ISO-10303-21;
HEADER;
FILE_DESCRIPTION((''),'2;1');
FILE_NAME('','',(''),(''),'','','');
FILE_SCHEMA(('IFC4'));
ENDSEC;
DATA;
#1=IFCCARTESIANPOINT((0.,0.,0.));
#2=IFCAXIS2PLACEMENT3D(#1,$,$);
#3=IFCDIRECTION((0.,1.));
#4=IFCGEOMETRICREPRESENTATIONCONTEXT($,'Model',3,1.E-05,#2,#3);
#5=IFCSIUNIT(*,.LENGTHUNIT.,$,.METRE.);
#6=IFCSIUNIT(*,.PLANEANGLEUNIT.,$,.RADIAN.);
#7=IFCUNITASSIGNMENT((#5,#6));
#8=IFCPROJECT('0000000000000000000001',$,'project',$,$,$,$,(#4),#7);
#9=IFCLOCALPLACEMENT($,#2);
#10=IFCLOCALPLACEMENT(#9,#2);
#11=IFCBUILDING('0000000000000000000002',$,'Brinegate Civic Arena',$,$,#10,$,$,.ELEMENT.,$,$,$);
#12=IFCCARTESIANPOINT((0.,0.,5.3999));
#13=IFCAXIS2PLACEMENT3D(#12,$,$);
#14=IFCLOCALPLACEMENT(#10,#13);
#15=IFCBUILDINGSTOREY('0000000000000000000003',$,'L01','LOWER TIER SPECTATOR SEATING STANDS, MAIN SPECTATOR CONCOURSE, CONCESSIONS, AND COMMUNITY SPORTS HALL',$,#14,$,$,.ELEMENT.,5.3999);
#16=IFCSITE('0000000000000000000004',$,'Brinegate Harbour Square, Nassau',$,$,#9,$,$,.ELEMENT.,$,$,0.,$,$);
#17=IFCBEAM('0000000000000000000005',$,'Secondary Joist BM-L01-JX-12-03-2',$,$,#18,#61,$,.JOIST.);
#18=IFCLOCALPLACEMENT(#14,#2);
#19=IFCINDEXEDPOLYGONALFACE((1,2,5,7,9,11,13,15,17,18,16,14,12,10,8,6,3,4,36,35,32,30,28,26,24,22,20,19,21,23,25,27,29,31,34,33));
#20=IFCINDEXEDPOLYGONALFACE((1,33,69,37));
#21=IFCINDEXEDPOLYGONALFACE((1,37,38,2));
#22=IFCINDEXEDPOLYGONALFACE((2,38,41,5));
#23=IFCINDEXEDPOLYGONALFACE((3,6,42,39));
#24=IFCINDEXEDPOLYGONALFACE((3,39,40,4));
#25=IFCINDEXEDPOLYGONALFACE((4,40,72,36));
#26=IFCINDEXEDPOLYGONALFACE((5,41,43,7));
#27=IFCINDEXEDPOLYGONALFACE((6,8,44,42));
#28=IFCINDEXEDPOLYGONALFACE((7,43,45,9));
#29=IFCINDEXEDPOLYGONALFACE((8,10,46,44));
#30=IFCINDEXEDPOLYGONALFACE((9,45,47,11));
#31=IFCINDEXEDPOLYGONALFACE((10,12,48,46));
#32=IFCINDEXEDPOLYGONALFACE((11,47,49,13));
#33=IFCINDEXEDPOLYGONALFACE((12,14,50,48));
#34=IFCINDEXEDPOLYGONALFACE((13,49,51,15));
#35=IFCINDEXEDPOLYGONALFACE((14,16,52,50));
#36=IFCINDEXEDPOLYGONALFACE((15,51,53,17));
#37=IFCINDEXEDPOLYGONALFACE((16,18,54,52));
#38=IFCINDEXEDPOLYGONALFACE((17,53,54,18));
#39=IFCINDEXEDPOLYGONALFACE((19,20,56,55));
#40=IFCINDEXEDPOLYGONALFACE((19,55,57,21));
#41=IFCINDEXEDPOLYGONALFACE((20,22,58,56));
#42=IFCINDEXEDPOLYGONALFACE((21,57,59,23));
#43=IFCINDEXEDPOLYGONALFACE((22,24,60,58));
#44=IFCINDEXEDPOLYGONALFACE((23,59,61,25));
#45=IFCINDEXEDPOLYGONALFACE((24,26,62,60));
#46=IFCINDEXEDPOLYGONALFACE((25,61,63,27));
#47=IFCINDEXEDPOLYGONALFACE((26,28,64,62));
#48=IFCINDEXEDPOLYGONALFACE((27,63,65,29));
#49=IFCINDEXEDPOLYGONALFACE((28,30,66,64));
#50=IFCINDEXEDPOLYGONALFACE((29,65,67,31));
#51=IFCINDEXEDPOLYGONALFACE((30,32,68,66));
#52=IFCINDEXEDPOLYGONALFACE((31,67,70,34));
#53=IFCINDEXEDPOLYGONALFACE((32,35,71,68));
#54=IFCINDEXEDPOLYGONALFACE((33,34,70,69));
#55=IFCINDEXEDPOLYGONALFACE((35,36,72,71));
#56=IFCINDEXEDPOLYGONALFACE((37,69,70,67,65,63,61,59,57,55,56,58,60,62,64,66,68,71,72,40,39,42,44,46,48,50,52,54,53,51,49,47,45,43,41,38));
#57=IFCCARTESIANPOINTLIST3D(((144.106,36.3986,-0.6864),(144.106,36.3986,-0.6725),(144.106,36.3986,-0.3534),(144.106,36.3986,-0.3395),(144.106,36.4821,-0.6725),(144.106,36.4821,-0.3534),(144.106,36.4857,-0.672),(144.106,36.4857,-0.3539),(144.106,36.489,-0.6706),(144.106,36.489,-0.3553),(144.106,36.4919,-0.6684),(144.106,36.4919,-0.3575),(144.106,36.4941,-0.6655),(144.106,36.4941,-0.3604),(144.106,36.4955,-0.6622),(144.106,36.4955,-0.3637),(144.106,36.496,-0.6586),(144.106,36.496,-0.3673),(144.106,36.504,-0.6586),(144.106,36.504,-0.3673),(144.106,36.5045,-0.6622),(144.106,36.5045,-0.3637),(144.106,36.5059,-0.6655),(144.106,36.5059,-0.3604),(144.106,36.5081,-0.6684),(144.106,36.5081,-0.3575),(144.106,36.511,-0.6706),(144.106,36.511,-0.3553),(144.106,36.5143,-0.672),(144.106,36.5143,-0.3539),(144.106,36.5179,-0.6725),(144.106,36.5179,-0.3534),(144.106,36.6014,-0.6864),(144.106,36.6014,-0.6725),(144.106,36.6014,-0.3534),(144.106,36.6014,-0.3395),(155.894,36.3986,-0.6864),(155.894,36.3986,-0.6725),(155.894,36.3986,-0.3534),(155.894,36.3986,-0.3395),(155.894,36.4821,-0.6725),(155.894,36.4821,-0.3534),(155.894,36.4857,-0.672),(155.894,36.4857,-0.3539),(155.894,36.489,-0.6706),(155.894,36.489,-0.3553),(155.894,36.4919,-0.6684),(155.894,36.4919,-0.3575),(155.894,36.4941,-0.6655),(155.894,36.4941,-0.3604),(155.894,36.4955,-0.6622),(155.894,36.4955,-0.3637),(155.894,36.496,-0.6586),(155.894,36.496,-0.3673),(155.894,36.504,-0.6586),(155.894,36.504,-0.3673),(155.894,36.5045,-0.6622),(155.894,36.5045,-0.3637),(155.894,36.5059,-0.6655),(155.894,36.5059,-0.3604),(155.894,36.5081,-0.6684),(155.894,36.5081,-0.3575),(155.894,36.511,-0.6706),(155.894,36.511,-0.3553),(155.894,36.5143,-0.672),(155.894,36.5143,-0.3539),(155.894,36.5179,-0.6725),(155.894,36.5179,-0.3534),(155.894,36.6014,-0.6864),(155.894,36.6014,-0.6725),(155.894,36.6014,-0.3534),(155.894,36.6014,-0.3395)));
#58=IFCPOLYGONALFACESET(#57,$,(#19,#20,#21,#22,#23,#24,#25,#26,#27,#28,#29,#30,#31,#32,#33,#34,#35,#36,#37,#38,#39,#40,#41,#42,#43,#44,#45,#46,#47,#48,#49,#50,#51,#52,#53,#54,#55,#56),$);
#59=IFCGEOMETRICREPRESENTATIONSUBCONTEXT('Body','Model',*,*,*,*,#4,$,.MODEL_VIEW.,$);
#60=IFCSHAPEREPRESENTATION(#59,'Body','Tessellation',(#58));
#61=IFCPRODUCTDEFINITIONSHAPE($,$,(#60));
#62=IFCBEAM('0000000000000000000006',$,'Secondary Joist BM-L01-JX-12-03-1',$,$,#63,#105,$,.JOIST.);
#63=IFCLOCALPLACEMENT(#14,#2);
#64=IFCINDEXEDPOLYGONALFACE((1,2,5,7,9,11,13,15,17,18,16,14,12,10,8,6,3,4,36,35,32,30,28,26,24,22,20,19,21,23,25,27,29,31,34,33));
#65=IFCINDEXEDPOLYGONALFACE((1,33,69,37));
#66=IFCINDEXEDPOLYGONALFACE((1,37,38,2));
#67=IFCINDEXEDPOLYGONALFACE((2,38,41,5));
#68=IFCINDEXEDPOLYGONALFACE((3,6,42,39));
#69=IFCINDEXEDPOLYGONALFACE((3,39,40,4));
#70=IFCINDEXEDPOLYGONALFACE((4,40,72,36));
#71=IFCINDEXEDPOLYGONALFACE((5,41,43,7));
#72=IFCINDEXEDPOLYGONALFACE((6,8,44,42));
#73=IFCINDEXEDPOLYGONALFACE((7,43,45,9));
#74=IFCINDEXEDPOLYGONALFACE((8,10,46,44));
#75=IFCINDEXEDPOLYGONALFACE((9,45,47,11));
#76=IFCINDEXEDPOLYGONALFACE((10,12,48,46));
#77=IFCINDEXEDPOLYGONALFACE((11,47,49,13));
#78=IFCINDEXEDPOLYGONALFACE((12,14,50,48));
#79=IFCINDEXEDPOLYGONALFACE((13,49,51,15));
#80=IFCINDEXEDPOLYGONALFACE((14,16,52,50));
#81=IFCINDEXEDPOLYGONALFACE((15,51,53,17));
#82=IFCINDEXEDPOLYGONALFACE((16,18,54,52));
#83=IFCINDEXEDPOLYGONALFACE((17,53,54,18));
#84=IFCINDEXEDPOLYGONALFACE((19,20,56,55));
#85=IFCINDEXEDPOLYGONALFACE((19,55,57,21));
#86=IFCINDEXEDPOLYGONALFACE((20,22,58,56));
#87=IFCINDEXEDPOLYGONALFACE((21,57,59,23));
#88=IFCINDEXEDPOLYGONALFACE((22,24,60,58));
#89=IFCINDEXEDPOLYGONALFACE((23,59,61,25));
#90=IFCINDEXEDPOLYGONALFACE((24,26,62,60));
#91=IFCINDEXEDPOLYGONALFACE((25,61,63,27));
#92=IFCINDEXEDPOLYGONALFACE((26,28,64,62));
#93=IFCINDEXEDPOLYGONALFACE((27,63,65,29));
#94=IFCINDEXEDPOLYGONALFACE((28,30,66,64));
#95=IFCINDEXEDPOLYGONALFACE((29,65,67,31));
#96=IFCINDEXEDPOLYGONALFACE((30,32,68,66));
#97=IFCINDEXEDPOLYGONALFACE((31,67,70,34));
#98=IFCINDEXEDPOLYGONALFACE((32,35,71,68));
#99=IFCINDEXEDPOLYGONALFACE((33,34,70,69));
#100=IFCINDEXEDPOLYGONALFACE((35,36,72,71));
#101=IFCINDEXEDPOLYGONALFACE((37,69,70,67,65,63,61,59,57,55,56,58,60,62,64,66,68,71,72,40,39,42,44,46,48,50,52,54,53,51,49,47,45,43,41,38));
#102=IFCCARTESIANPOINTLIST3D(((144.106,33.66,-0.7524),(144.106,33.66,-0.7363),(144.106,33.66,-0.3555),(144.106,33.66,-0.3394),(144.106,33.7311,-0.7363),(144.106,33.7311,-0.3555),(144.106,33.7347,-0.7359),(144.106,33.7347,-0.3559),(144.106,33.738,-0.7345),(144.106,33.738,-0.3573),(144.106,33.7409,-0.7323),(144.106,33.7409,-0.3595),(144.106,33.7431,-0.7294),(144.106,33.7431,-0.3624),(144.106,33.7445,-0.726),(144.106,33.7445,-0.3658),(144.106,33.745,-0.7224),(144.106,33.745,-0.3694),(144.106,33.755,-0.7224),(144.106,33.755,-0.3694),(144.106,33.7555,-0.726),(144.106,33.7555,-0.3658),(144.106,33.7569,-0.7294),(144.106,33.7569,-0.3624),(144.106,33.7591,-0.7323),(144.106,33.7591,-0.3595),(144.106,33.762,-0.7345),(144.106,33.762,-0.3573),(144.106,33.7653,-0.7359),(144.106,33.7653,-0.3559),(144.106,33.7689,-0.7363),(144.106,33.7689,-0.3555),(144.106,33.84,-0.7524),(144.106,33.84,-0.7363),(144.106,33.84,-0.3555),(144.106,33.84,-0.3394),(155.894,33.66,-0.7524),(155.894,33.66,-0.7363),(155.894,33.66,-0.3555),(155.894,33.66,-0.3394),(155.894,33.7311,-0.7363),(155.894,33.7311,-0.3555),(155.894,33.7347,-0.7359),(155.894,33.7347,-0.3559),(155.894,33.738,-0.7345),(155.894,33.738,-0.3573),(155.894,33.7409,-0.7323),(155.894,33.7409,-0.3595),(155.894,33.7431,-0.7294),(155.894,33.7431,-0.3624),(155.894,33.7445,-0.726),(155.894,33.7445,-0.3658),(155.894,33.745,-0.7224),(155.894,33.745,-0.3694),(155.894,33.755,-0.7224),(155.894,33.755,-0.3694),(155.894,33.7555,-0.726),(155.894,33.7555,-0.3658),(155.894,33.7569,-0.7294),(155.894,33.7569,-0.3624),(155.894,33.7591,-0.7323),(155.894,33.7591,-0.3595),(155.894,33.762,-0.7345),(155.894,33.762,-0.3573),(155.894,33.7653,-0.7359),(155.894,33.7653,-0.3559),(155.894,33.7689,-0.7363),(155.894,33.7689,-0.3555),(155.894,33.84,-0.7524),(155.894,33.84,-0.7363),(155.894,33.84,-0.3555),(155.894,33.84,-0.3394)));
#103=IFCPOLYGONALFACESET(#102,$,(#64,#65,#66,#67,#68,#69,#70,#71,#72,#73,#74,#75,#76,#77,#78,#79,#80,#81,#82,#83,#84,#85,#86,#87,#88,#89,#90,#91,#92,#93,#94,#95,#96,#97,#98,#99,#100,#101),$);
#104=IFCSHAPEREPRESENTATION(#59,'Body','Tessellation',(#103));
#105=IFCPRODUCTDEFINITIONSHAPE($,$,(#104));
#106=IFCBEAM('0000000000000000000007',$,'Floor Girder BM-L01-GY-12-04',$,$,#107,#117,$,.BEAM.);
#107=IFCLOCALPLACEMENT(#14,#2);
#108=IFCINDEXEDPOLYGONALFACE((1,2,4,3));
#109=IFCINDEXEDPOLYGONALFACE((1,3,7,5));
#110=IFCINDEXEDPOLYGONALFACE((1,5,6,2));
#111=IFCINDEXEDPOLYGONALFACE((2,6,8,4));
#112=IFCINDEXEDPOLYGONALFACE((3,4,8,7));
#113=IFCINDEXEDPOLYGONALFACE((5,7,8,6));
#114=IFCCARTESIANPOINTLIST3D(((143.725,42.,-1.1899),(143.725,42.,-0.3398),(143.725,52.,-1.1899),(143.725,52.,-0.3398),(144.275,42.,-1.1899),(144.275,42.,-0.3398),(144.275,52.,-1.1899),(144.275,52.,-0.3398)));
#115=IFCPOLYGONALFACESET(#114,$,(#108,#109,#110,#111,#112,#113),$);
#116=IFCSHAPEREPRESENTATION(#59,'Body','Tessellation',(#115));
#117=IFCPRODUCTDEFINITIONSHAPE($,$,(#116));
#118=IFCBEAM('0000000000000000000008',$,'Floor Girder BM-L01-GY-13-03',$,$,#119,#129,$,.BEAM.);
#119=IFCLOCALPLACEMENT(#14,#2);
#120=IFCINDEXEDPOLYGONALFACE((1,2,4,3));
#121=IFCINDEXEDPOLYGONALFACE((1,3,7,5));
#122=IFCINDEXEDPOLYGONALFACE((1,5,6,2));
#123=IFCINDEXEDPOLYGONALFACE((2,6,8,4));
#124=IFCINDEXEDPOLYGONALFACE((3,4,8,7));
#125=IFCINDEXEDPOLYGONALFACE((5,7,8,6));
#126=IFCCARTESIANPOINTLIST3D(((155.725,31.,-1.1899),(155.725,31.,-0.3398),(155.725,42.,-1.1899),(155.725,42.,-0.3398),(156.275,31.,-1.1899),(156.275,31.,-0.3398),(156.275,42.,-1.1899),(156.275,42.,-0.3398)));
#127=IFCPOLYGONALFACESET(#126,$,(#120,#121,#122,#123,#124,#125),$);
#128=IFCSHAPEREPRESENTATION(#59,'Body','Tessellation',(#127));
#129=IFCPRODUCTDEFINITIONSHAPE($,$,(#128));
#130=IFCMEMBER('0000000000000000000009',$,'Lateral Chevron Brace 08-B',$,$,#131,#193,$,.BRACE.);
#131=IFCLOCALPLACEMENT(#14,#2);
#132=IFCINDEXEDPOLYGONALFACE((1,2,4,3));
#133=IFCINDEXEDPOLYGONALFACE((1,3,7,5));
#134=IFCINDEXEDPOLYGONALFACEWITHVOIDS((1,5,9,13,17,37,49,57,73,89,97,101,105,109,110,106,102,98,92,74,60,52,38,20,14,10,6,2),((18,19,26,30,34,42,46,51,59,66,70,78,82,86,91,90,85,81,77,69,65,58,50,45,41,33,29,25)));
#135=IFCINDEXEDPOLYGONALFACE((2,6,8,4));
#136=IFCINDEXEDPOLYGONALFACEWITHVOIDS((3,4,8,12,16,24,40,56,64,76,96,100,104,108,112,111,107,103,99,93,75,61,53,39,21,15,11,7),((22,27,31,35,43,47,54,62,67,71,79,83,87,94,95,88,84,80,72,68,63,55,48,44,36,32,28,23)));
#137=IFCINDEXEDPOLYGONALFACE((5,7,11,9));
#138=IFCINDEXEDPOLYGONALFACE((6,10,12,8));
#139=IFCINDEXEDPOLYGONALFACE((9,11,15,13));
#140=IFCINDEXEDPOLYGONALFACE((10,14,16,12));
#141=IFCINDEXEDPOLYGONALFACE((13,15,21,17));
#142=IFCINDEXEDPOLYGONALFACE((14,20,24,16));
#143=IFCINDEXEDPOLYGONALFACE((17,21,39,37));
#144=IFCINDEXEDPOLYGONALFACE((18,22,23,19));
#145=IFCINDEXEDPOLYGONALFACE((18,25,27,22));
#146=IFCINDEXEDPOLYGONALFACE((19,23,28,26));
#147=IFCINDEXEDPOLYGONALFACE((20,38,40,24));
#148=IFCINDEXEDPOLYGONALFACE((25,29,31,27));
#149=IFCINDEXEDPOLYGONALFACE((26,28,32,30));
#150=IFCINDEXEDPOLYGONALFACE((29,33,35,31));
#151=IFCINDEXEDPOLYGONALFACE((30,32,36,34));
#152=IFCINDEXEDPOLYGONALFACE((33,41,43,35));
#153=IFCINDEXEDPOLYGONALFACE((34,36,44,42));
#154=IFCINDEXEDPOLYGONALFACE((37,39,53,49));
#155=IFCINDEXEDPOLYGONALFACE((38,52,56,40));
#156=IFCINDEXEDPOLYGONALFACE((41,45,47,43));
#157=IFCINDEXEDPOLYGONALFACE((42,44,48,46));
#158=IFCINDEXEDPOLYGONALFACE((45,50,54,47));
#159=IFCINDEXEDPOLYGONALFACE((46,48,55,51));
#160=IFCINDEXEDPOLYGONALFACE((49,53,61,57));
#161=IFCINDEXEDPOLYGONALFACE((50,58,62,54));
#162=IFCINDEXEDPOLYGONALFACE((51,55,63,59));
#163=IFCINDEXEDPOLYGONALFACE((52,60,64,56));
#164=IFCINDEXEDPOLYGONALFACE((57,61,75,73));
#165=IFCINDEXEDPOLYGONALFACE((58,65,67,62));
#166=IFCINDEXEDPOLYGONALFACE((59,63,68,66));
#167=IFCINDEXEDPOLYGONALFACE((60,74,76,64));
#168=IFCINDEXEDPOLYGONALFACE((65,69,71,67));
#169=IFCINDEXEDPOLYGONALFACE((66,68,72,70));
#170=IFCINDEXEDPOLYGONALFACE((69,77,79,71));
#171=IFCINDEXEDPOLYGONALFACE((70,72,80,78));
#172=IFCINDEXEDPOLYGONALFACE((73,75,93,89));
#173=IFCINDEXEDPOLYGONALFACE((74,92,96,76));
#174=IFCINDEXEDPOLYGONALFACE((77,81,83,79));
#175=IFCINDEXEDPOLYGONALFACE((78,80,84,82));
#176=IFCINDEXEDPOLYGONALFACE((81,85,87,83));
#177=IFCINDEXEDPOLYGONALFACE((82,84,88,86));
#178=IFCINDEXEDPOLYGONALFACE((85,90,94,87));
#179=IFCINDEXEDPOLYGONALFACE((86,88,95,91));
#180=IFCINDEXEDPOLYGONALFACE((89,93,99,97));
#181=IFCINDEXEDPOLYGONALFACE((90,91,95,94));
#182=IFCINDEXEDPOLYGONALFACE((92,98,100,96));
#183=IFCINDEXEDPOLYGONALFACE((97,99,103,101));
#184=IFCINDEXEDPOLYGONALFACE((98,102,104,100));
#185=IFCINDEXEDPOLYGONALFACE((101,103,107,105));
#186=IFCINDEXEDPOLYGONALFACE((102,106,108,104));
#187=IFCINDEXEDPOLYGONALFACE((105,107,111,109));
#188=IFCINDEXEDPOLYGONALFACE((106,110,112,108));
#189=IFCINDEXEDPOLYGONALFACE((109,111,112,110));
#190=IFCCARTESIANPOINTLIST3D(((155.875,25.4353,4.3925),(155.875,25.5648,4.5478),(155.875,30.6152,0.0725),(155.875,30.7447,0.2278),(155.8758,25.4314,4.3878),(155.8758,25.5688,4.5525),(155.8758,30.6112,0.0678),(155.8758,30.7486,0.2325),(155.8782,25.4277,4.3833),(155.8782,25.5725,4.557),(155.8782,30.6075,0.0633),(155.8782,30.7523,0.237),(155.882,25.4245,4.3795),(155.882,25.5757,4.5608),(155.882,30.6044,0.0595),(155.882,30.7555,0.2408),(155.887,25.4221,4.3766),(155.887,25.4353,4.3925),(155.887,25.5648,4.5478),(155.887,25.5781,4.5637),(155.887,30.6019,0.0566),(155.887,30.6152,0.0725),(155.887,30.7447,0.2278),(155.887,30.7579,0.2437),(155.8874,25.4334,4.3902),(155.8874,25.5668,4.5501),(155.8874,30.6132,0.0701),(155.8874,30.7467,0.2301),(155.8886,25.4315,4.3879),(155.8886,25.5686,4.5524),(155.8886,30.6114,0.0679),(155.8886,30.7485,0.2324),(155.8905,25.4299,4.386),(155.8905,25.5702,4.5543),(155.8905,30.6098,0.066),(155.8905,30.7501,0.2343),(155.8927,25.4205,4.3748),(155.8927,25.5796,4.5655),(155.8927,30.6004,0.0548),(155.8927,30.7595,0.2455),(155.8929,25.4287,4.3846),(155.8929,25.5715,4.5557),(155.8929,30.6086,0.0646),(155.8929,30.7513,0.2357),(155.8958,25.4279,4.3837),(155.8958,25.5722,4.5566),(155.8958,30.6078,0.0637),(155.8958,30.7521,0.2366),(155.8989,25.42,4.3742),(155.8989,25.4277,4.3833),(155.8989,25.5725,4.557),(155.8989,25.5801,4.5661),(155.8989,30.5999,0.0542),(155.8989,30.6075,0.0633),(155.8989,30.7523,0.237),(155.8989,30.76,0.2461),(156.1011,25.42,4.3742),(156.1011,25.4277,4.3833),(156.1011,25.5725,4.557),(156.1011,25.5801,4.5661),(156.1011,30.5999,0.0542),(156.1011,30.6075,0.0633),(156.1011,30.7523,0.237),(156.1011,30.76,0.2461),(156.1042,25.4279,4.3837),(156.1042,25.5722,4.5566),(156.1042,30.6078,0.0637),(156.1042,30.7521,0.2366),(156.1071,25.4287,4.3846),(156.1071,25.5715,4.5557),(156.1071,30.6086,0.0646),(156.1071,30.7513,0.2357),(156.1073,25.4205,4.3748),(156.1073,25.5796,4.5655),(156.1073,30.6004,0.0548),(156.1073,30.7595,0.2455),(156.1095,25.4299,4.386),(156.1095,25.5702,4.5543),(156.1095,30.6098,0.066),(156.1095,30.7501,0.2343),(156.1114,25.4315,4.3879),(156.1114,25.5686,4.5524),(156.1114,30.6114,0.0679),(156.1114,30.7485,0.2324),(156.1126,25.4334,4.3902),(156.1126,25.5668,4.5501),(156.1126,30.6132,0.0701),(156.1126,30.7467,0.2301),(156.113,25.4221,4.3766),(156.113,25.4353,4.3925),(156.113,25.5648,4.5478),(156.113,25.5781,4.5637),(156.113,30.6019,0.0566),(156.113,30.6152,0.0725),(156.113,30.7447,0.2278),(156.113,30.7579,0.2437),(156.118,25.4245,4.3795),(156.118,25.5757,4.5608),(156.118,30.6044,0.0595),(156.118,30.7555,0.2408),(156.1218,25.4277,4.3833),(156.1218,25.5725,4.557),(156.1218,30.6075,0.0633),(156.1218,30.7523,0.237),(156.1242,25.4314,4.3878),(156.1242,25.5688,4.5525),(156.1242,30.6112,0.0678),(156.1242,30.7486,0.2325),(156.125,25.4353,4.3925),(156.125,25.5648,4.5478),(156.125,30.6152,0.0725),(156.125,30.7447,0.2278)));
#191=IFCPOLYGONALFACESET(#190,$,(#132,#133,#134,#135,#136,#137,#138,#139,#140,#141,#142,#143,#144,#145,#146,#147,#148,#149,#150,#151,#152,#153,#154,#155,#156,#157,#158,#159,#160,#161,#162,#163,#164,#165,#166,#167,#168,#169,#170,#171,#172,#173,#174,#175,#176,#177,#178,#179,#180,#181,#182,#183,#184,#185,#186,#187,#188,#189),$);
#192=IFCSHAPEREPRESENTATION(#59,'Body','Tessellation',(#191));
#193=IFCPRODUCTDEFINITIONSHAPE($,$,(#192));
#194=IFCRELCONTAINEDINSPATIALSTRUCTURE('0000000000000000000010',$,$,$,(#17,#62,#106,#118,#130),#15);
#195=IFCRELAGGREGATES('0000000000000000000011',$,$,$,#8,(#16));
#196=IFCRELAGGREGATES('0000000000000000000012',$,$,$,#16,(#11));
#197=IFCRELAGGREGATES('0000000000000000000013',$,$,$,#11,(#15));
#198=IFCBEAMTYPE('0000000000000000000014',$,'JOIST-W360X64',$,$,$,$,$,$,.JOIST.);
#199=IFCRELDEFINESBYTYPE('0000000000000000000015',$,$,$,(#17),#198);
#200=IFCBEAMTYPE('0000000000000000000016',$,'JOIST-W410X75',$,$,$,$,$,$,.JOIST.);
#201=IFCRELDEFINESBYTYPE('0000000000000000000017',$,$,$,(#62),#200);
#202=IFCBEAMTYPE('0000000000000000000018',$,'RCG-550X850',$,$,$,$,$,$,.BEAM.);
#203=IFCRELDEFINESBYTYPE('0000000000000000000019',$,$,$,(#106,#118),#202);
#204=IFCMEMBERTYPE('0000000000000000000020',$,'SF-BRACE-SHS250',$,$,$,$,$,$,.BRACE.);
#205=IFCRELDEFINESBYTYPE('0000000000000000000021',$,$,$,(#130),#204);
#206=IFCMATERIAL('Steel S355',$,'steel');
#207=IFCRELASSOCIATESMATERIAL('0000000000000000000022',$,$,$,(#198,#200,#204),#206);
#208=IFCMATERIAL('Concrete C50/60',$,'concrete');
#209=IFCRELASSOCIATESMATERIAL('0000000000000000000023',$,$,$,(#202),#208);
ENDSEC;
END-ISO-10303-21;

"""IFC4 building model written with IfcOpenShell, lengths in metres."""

from ifc_helpers import new_model, si_unit, direction, frame, origin, origin_2d, place, context, subcontext, project, spatial, rectangle, hollow_rectangle, i_section, extrude, material, material_profile, profile_set, type_object, element, save


model = new_model("IFC4")

# Units and contexts
model_context = context("Model", 3, precision=1e-05, world=origin(), true_north=direction((0.0, 1.0)))
body_context = subcontext(model_context, "Body", "Model", "MODEL_VIEW")
ifc_project = project(units=[si_unit("LENGTHUNIT", "METRE"), si_unit("PLANEANGLEUNIT", "RADIAN")], contexts=[model_context])

# Site, building, storey
site_placement = place(None, origin())
site = spatial("IfcSite", under=ifc_project, at=site_placement, Name="Brinegate Harbour Square, Nassau", CompositionType="ELEMENT", RefElevation=0.0)
building_placement = place(site_placement, origin())
building = spatial("IfcBuilding", under=site, at=building_placement, Name="Brinegate Civic Arena", CompositionType="ELEMENT")
storey_placement = place(building_placement, frame((0.0, 0.0, 5.3999)))
storey = spatial("IfcBuildingStorey", under=building, at=storey_placement, Name="L01", Description="LOWER TIER SPECTATOR SEATING STANDS, MAIN SPECTATOR CONCOURSE, CONCESSIONS, AND COMMUNITY SPORTS HALL", CompositionType="ELEMENT", Elevation=5.3999)

# Shared definitions
ifc_material_1 = material(Name="Concrete C50/60", Category="concrete")

# Beams
ifc_material_2 = material(Name="Steel S355", Category="steel")
ifc_material_profile_1 = material_profile(ifc_material_2, i_section(OverallWidth=0.2029, OverallDepth=0.3469, WebThickness=0.0081, FlangeThickness=0.0139, FilletRadius=0.0139, at=origin_2d()), Name="W360X64")
ifc_profile_set_1 = profile_set([ifc_material_profile_1], Name="Steel S355")
beam_type_1 = type_object("IfcBeamType", Name="JOIST-W360X64", PredefinedType="JOIST", material=ifc_profile_set_1)
beam_1_placement = place(storey_placement, frame((144.106, 36.5, -0.5129), z_axis=(1.0, 0.0, 0.0), x_axis=(0.0, 1.0, 0.0)))
element("IfcBeam", 1, at=beam_1_placement, inside=storey, type_object=beam_type_1, Name="Secondary Joist BM-L01-JX-12-03-2", PredefinedType="JOIST", context=body_context, shape_type="SweptSolid", body=[
    extrude(i_section(OverallWidth=0.2029, OverallDepth=0.3469, WebThickness=0.0081, FlangeThickness=0.0139, FilletRadius=0.0139, at=origin_2d()), origin(), (0.0, 0.0, 1.0), 11.7881),
])
ifc_material_profile_2 = material_profile(ifc_material_2, i_section(OverallWidth=0.1799, OverallDepth=0.4131, WebThickness=0.01, FlangeThickness=0.0161, FilletRadius=0.0139, at=origin_2d()), Name="W410X75")
ifc_profile_set_2 = profile_set([ifc_material_profile_2], Name="Steel S355")
beam_type_2 = type_object("IfcBeamType", Name="JOIST-W410X75", PredefinedType="JOIST", material=ifc_profile_set_2)
beam_2_placement = place(storey_placement, frame((144.106, 33.75, -0.5459), z_axis=(1.0, 0.0, 0.0), x_axis=(0.0, 1.0, 0.0)))
element("IfcBeam", 2, at=beam_2_placement, inside=storey, type_object=beam_type_2, Name="Secondary Joist BM-L01-JX-12-03-1", PredefinedType="JOIST", context=body_context, shape_type="SweptSolid", body=[
    extrude(i_section(OverallWidth=0.1799, OverallDepth=0.4131, WebThickness=0.01, FlangeThickness=0.0161, FilletRadius=0.0139, at=origin_2d()), origin(), (0.0, 0.0, 1.0), 11.7881),
])
ifc_material_profile_3 = material_profile(ifc_material_1, rectangle(XDim=0.55, YDim=0.8501, at=origin_2d()), Name="RCB550X850")
ifc_profile_set_3 = profile_set([ifc_material_profile_3], Name="Concrete C50/60")
beam_type_3 = type_object("IfcBeamType", Name="RCG-550X850", PredefinedType="BEAM", material=ifc_profile_set_3)
beam_3_placement = place(storey_placement, frame((144.0, 42.0, -0.7649), z_axis=(0.0, 1.0, 0.0), x_axis=(-1.0, 0.0, 0.0)))
element("IfcBeam", 3, at=beam_3_placement, inside=storey, type_object=beam_type_3, Name="Floor Girder BM-L01-GY-12-04", PredefinedType="BEAM", context=body_context, shape_type="SweptSolid", body=[
    extrude(rectangle(XDim=0.55, YDim=0.8501, at=origin_2d()), origin(), (0.0, 0.0, 1.0), 10.0),
])
beam_4_placement = place(storey_placement, frame((156.0, 31.0, -0.7649), z_axis=(0.0, 1.0, 0.0), x_axis=(-1.0, 0.0, 0.0)))
element("IfcBeam", 4, at=beam_4_placement, inside=storey, type_object=beam_type_3, Name="Floor Girder BM-L01-GY-13-03", PredefinedType="BEAM", context=body_context, shape_type="SweptSolid", body=[
    extrude(rectangle(XDim=0.55, YDim=0.8501, at=origin_2d()), origin(), (0.0, 0.0, 1.0), 11.0),
])

# Member
ifc_material_profile_4 = material_profile(ifc_material_2, hollow_rectangle(XDim=0.25, YDim=0.25, WallThickness=0.012, InnerFilletRadius=0.012, OuterFilletRadius=0.0239, at=origin_2d()), Name="SHS250X12")
ifc_profile_set_4 = profile_set([ifc_material_profile_4], Name="Steel S355")
member_type = type_object("IfcMemberType", Name="SF-BRACE-SHS250", PredefinedType="BRACE", material=ifc_profile_set_4)
member_placement = place(storey_placement, frame((156.0, 30.6799, 0.1501), z_axis=(0.0, -0.767969, 0.640487), x_axis=(1.0, 0.0, 0.0)))
element("IfcMember", 5, at=member_placement, inside=storey, type_object=member_type, Name="Lateral Chevron Brace 08-B", PredefinedType="BRACE", context=body_context, shape_type="SweptSolid", body=[
    extrude(hollow_rectangle(XDim=0.25, YDim=0.25, WallThickness=0.012, InnerFilletRadius=0.012, OuterFilletRadius=0.0239, at=origin_2d()), origin(), (0.0, 0.0, 1.0), 6.7449),
])

save(model, "model.ifc")
